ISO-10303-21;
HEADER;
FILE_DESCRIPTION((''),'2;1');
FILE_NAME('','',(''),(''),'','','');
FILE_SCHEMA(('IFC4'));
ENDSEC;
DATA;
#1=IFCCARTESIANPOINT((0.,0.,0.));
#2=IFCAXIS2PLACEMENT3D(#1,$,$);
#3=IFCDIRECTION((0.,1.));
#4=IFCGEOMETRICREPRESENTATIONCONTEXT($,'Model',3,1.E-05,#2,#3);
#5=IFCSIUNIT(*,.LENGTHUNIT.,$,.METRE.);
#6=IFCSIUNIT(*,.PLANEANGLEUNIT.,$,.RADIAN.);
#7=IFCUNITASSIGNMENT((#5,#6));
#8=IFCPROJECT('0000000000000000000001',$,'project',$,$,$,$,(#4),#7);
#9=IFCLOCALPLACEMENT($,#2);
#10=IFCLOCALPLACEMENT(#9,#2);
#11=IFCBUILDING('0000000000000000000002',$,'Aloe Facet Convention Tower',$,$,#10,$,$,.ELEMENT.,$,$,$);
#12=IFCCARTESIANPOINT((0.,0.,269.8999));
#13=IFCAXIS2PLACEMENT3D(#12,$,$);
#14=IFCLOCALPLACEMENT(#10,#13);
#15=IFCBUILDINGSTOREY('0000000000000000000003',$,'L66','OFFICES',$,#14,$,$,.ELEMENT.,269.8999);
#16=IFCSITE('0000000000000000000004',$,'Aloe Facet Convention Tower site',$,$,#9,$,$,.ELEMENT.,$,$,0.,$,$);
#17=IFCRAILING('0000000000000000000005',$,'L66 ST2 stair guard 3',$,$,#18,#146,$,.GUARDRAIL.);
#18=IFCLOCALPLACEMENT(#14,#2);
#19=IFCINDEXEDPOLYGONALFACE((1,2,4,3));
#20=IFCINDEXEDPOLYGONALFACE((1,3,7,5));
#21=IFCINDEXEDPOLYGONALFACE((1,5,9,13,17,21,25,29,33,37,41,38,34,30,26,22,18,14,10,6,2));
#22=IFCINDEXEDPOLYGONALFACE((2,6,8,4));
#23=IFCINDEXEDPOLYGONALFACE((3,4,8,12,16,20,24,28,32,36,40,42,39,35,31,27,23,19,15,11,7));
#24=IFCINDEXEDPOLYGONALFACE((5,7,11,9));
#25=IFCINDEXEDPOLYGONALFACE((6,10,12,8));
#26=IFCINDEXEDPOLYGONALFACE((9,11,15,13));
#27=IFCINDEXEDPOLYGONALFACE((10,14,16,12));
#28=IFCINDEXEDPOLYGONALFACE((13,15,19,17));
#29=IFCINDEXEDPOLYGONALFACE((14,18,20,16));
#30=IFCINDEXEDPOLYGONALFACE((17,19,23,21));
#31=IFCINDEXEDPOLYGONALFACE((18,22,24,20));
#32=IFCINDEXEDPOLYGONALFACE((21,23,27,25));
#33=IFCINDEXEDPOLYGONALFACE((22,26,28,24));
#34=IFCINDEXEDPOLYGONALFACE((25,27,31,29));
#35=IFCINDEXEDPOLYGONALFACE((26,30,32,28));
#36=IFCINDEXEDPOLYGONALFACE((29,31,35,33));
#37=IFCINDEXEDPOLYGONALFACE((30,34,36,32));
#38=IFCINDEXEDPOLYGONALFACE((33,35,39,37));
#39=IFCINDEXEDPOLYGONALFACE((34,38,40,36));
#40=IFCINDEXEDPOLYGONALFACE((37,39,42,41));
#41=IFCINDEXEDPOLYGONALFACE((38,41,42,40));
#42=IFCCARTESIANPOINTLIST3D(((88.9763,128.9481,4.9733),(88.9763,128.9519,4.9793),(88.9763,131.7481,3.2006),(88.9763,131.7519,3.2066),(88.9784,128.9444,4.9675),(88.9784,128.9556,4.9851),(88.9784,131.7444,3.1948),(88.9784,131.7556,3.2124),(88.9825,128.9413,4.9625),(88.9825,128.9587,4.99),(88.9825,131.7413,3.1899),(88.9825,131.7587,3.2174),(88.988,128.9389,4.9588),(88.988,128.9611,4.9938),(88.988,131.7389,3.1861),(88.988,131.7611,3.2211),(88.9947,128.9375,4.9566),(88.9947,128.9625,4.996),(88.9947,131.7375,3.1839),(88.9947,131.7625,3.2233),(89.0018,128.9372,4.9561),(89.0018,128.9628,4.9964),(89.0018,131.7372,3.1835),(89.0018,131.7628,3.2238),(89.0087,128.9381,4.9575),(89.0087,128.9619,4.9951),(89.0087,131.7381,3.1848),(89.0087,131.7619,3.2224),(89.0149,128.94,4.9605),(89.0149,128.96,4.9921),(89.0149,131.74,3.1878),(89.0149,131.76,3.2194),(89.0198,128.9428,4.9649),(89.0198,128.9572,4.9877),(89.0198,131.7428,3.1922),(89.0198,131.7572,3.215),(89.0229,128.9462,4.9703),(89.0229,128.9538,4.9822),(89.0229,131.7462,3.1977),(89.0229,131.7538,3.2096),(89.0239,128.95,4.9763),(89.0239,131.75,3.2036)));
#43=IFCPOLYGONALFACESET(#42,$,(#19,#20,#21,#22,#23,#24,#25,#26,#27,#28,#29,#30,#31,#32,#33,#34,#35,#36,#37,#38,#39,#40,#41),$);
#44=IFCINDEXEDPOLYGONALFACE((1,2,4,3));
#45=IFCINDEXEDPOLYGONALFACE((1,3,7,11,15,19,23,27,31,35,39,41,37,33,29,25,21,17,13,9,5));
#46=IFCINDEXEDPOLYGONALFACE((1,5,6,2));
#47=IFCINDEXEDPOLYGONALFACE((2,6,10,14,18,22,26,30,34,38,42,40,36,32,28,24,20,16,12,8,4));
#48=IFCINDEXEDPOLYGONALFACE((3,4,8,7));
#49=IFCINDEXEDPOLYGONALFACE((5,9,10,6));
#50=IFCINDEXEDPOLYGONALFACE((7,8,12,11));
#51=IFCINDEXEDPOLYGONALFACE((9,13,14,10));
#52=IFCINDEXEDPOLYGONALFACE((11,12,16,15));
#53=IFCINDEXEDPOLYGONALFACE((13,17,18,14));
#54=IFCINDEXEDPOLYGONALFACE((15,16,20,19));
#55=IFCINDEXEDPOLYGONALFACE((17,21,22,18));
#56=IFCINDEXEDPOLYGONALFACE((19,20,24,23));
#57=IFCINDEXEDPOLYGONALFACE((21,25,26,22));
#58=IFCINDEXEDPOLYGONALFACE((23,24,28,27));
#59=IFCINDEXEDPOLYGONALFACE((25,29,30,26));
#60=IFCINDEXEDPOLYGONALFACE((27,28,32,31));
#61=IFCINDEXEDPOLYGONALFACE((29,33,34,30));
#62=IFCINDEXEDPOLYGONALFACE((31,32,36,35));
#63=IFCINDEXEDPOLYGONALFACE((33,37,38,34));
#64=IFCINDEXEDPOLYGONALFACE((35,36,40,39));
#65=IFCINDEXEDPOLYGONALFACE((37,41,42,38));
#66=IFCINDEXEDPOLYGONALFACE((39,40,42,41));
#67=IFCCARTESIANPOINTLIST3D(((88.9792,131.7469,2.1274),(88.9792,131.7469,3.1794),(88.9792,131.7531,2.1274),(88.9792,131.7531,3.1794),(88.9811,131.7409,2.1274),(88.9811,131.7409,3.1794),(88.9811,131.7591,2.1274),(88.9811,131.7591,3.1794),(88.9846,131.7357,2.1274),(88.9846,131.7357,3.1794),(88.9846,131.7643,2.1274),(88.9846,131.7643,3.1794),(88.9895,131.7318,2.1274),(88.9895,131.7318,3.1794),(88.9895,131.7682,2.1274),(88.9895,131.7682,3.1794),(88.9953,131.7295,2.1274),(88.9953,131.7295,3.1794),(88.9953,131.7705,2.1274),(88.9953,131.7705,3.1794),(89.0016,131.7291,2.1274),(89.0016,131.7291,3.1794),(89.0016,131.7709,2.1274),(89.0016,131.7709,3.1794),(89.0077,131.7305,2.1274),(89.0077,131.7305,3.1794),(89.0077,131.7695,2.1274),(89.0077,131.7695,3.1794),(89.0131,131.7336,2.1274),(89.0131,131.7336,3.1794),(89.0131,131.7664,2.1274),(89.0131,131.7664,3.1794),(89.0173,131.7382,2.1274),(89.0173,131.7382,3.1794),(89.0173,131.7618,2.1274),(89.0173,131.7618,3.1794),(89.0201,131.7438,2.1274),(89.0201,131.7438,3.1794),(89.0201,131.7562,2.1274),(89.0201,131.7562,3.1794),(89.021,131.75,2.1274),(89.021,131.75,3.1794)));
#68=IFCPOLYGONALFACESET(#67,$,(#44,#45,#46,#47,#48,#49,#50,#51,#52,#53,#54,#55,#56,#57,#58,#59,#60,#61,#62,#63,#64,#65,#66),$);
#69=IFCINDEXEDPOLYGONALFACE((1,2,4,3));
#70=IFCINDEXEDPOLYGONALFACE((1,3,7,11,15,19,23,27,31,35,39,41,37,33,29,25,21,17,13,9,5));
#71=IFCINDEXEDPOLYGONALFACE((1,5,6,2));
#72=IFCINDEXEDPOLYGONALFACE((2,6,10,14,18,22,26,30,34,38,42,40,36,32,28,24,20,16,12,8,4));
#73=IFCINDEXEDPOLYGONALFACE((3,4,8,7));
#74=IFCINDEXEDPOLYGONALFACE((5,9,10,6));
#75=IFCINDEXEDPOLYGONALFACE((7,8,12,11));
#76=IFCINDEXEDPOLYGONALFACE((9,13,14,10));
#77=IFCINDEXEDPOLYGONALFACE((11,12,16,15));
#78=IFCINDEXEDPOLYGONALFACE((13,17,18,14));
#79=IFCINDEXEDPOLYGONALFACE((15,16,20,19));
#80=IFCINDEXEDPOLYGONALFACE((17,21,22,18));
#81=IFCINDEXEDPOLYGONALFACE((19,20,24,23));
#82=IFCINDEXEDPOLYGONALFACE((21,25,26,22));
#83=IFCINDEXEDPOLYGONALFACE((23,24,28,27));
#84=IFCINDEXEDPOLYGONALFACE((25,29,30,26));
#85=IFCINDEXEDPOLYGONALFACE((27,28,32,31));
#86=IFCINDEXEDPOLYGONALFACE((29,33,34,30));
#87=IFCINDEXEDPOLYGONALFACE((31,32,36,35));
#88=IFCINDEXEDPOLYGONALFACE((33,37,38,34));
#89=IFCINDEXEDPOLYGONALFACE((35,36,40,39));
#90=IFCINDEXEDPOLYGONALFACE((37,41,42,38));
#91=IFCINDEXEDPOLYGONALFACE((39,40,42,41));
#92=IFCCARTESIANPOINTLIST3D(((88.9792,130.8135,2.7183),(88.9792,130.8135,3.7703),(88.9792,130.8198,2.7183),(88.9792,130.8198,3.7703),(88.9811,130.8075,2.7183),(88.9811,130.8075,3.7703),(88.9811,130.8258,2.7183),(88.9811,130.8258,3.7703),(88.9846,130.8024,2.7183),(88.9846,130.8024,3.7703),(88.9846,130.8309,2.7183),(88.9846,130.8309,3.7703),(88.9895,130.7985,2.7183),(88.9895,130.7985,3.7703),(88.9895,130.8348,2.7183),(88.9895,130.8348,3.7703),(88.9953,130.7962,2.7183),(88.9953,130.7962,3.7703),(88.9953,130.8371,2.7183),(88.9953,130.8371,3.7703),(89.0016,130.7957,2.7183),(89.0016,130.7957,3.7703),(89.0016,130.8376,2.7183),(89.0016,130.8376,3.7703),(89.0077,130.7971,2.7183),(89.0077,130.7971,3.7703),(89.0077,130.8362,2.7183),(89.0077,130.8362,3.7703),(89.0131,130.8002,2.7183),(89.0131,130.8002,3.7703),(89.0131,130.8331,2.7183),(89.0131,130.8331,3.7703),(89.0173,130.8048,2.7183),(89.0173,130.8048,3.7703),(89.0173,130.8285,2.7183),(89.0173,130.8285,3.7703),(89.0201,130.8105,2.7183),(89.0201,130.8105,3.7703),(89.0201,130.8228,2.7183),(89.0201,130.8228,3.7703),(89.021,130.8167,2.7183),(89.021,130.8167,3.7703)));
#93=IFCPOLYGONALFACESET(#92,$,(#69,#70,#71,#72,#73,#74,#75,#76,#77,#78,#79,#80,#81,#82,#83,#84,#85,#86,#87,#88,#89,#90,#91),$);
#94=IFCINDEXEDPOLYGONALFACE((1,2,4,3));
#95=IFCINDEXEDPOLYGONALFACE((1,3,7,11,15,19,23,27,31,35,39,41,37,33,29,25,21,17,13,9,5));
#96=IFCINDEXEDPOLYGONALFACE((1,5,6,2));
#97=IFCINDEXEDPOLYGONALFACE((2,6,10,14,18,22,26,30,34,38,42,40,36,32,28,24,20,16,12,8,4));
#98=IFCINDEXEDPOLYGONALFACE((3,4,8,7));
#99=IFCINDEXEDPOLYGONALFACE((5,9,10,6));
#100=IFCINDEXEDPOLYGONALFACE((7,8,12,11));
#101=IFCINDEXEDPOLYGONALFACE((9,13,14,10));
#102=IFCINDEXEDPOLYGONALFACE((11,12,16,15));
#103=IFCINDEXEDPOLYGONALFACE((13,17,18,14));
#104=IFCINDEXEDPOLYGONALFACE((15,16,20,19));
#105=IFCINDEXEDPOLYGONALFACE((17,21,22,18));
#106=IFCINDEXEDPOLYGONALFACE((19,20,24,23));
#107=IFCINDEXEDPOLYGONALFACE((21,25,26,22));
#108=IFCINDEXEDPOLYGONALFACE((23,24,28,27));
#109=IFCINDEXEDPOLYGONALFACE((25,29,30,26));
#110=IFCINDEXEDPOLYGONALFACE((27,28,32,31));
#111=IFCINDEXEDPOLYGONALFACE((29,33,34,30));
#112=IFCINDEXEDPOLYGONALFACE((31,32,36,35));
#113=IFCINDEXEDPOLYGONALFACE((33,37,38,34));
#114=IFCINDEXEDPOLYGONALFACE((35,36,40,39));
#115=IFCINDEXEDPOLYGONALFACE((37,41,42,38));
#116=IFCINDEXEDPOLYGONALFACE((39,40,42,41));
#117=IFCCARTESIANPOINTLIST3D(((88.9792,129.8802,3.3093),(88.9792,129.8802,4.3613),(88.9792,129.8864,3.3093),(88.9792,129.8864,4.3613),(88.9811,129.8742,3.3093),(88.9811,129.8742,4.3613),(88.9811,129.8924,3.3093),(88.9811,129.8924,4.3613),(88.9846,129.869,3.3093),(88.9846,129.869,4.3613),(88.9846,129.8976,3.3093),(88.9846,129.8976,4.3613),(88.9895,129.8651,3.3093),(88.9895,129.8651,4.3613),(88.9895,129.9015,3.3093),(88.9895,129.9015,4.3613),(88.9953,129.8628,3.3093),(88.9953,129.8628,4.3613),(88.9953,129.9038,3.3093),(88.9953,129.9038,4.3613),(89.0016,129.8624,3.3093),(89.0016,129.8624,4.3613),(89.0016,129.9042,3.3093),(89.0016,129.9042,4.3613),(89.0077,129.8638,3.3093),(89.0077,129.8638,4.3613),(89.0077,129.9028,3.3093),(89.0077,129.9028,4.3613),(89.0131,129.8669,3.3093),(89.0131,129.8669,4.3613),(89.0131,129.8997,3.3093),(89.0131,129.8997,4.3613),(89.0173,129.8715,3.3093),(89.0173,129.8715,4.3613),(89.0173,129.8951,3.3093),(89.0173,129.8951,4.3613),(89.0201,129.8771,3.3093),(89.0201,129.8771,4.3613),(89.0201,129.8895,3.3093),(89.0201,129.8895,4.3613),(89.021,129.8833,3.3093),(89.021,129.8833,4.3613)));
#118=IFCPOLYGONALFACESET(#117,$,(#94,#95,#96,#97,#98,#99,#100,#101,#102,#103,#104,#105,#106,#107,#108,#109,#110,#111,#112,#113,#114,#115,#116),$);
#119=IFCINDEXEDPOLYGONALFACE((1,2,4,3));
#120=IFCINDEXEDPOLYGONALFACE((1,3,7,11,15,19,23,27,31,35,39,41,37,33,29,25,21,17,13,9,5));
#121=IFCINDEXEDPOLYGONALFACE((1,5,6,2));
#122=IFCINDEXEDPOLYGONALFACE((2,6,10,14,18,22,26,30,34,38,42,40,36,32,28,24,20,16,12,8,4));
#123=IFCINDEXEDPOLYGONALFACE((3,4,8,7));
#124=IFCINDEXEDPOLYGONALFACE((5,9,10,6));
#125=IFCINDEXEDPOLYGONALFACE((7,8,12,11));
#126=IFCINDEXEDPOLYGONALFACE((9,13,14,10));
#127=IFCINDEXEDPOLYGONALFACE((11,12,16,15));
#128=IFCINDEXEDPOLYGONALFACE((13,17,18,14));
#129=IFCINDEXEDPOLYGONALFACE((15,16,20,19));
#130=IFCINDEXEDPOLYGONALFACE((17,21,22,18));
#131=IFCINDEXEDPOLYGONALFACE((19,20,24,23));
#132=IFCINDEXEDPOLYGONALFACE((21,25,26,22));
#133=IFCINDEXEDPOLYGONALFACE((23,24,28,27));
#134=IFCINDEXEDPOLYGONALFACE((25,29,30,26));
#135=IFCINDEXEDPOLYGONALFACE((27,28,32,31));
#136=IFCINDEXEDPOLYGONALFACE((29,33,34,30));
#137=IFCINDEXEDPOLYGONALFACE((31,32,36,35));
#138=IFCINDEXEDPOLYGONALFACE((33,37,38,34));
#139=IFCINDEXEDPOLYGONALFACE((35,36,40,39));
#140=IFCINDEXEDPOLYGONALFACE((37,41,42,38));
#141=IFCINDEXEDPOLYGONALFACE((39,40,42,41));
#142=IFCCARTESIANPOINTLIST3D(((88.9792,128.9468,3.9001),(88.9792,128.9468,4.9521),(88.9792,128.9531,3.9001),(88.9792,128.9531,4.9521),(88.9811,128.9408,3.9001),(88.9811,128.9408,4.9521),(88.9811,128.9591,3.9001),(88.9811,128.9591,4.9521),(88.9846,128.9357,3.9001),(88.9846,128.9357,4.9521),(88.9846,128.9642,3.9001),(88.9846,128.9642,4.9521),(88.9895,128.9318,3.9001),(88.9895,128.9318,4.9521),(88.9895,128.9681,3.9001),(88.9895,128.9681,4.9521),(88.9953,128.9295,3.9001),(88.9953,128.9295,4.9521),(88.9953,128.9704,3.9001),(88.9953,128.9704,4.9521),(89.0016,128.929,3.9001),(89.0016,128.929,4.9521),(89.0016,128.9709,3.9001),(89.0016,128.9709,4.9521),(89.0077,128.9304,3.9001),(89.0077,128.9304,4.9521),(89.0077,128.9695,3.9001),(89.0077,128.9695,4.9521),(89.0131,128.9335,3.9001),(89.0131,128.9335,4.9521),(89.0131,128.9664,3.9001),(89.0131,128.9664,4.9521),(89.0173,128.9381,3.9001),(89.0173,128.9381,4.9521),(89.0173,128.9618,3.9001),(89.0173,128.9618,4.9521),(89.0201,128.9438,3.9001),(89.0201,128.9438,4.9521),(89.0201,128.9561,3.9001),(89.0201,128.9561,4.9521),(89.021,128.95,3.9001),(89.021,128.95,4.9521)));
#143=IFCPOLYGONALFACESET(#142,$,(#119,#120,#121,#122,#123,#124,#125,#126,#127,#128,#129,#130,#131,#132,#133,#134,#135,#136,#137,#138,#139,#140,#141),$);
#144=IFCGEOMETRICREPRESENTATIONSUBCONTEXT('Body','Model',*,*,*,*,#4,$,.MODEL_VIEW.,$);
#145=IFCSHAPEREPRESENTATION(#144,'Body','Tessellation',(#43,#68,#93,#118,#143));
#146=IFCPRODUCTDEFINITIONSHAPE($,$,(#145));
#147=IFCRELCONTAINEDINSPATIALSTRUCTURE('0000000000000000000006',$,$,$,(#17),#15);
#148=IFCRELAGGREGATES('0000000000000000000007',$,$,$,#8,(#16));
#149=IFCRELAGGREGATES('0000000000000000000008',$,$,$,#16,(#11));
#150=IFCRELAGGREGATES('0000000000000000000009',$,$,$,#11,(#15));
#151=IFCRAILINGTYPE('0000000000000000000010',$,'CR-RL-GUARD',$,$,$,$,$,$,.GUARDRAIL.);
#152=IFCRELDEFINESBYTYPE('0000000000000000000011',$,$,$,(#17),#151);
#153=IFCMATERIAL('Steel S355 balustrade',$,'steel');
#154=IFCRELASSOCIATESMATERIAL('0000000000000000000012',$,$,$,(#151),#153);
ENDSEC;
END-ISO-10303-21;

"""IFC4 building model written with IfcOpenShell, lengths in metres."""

from ifc_helpers import new_model, si_unit, direction, frame, origin, origin_2d, place, context, subcontext, project, spatial, circle, extrude, material, type_object, element, save


model = new_model("IFC4")

# Units and contexts
model_context = context("Model", 3, precision=1e-05, world=origin(), true_north=direction((0.0, 1.0)))
body_context = subcontext(model_context, "Body", "Model", "MODEL_VIEW")
ifc_project = project(units=[si_unit("LENGTHUNIT", "METRE"), si_unit("PLANEANGLEUNIT", "RADIAN")], contexts=[model_context])

# Site, building, storey
site_placement = place(None, origin())
site = spatial("IfcSite", under=ifc_project, at=site_placement, Name="Aloe Facet Convention Tower site", CompositionType="ELEMENT", RefElevation=0.0)
building_placement = place(site_placement, origin())
building = spatial("IfcBuilding", under=site, at=building_placement, Name="Aloe Facet Convention Tower", CompositionType="ELEMENT")
storey_placement = place(building_placement, frame((0.0, 0.0, 269.8999)))
storey = spatial("IfcBuildingStorey", under=building, at=storey_placement, Name="L66", Description="OFFICES", CompositionType="ELEMENT", Elevation=269.8999)

# Railing
ifc_material_1 = material(Name="Steel S355 balustrade", Category="steel")
railing_type_1 = type_object("IfcRailingType", Name="CR-RL-GUARD", PredefinedType="GUARDRAIL", material=ifc_material_1)
railing_1_placement = place(storey_placement, frame((89.0, 131.75, 2.1274)))
element("IfcRailing", 1, at=railing_1_placement, inside=storey, type_object=railing_type_1, Name="L66 ST2 stair guard 3", PredefinedType="GUARDRAIL", context=body_context, shape_type="SweptSolid", body=[
    extrude(circle(Radius=0.0239, at=origin_2d()), frame((0.0, 0.0, 1.0762), z_axis=(0.0, -0.844909, 0.53491), x_axis=(1.0, 0.0, 0.0)), (0.0, 0.0, 1.0), 3.314),
    extrude(circle(Radius=0.021, at=origin_2d()), origin(), (0.0, 0.0, 1.0), 1.052),
    extrude(circle(Radius=0.021, at=origin_2d()), frame((0.0, -0.9333, 0.5908)), (0.0, 0.0, 1.0), 1.052),
    extrude(circle(Radius=0.021, at=origin_2d()), frame((0.0, -1.8667, 1.1819)), (0.0, 0.0, 1.0), 1.052),
    extrude(circle(Radius=0.021, at=origin_2d()), frame((0.0, -2.8, 1.7727)), (0.0, 0.0, 1.0), 1.052),
])

save(model, "model.ifc")
